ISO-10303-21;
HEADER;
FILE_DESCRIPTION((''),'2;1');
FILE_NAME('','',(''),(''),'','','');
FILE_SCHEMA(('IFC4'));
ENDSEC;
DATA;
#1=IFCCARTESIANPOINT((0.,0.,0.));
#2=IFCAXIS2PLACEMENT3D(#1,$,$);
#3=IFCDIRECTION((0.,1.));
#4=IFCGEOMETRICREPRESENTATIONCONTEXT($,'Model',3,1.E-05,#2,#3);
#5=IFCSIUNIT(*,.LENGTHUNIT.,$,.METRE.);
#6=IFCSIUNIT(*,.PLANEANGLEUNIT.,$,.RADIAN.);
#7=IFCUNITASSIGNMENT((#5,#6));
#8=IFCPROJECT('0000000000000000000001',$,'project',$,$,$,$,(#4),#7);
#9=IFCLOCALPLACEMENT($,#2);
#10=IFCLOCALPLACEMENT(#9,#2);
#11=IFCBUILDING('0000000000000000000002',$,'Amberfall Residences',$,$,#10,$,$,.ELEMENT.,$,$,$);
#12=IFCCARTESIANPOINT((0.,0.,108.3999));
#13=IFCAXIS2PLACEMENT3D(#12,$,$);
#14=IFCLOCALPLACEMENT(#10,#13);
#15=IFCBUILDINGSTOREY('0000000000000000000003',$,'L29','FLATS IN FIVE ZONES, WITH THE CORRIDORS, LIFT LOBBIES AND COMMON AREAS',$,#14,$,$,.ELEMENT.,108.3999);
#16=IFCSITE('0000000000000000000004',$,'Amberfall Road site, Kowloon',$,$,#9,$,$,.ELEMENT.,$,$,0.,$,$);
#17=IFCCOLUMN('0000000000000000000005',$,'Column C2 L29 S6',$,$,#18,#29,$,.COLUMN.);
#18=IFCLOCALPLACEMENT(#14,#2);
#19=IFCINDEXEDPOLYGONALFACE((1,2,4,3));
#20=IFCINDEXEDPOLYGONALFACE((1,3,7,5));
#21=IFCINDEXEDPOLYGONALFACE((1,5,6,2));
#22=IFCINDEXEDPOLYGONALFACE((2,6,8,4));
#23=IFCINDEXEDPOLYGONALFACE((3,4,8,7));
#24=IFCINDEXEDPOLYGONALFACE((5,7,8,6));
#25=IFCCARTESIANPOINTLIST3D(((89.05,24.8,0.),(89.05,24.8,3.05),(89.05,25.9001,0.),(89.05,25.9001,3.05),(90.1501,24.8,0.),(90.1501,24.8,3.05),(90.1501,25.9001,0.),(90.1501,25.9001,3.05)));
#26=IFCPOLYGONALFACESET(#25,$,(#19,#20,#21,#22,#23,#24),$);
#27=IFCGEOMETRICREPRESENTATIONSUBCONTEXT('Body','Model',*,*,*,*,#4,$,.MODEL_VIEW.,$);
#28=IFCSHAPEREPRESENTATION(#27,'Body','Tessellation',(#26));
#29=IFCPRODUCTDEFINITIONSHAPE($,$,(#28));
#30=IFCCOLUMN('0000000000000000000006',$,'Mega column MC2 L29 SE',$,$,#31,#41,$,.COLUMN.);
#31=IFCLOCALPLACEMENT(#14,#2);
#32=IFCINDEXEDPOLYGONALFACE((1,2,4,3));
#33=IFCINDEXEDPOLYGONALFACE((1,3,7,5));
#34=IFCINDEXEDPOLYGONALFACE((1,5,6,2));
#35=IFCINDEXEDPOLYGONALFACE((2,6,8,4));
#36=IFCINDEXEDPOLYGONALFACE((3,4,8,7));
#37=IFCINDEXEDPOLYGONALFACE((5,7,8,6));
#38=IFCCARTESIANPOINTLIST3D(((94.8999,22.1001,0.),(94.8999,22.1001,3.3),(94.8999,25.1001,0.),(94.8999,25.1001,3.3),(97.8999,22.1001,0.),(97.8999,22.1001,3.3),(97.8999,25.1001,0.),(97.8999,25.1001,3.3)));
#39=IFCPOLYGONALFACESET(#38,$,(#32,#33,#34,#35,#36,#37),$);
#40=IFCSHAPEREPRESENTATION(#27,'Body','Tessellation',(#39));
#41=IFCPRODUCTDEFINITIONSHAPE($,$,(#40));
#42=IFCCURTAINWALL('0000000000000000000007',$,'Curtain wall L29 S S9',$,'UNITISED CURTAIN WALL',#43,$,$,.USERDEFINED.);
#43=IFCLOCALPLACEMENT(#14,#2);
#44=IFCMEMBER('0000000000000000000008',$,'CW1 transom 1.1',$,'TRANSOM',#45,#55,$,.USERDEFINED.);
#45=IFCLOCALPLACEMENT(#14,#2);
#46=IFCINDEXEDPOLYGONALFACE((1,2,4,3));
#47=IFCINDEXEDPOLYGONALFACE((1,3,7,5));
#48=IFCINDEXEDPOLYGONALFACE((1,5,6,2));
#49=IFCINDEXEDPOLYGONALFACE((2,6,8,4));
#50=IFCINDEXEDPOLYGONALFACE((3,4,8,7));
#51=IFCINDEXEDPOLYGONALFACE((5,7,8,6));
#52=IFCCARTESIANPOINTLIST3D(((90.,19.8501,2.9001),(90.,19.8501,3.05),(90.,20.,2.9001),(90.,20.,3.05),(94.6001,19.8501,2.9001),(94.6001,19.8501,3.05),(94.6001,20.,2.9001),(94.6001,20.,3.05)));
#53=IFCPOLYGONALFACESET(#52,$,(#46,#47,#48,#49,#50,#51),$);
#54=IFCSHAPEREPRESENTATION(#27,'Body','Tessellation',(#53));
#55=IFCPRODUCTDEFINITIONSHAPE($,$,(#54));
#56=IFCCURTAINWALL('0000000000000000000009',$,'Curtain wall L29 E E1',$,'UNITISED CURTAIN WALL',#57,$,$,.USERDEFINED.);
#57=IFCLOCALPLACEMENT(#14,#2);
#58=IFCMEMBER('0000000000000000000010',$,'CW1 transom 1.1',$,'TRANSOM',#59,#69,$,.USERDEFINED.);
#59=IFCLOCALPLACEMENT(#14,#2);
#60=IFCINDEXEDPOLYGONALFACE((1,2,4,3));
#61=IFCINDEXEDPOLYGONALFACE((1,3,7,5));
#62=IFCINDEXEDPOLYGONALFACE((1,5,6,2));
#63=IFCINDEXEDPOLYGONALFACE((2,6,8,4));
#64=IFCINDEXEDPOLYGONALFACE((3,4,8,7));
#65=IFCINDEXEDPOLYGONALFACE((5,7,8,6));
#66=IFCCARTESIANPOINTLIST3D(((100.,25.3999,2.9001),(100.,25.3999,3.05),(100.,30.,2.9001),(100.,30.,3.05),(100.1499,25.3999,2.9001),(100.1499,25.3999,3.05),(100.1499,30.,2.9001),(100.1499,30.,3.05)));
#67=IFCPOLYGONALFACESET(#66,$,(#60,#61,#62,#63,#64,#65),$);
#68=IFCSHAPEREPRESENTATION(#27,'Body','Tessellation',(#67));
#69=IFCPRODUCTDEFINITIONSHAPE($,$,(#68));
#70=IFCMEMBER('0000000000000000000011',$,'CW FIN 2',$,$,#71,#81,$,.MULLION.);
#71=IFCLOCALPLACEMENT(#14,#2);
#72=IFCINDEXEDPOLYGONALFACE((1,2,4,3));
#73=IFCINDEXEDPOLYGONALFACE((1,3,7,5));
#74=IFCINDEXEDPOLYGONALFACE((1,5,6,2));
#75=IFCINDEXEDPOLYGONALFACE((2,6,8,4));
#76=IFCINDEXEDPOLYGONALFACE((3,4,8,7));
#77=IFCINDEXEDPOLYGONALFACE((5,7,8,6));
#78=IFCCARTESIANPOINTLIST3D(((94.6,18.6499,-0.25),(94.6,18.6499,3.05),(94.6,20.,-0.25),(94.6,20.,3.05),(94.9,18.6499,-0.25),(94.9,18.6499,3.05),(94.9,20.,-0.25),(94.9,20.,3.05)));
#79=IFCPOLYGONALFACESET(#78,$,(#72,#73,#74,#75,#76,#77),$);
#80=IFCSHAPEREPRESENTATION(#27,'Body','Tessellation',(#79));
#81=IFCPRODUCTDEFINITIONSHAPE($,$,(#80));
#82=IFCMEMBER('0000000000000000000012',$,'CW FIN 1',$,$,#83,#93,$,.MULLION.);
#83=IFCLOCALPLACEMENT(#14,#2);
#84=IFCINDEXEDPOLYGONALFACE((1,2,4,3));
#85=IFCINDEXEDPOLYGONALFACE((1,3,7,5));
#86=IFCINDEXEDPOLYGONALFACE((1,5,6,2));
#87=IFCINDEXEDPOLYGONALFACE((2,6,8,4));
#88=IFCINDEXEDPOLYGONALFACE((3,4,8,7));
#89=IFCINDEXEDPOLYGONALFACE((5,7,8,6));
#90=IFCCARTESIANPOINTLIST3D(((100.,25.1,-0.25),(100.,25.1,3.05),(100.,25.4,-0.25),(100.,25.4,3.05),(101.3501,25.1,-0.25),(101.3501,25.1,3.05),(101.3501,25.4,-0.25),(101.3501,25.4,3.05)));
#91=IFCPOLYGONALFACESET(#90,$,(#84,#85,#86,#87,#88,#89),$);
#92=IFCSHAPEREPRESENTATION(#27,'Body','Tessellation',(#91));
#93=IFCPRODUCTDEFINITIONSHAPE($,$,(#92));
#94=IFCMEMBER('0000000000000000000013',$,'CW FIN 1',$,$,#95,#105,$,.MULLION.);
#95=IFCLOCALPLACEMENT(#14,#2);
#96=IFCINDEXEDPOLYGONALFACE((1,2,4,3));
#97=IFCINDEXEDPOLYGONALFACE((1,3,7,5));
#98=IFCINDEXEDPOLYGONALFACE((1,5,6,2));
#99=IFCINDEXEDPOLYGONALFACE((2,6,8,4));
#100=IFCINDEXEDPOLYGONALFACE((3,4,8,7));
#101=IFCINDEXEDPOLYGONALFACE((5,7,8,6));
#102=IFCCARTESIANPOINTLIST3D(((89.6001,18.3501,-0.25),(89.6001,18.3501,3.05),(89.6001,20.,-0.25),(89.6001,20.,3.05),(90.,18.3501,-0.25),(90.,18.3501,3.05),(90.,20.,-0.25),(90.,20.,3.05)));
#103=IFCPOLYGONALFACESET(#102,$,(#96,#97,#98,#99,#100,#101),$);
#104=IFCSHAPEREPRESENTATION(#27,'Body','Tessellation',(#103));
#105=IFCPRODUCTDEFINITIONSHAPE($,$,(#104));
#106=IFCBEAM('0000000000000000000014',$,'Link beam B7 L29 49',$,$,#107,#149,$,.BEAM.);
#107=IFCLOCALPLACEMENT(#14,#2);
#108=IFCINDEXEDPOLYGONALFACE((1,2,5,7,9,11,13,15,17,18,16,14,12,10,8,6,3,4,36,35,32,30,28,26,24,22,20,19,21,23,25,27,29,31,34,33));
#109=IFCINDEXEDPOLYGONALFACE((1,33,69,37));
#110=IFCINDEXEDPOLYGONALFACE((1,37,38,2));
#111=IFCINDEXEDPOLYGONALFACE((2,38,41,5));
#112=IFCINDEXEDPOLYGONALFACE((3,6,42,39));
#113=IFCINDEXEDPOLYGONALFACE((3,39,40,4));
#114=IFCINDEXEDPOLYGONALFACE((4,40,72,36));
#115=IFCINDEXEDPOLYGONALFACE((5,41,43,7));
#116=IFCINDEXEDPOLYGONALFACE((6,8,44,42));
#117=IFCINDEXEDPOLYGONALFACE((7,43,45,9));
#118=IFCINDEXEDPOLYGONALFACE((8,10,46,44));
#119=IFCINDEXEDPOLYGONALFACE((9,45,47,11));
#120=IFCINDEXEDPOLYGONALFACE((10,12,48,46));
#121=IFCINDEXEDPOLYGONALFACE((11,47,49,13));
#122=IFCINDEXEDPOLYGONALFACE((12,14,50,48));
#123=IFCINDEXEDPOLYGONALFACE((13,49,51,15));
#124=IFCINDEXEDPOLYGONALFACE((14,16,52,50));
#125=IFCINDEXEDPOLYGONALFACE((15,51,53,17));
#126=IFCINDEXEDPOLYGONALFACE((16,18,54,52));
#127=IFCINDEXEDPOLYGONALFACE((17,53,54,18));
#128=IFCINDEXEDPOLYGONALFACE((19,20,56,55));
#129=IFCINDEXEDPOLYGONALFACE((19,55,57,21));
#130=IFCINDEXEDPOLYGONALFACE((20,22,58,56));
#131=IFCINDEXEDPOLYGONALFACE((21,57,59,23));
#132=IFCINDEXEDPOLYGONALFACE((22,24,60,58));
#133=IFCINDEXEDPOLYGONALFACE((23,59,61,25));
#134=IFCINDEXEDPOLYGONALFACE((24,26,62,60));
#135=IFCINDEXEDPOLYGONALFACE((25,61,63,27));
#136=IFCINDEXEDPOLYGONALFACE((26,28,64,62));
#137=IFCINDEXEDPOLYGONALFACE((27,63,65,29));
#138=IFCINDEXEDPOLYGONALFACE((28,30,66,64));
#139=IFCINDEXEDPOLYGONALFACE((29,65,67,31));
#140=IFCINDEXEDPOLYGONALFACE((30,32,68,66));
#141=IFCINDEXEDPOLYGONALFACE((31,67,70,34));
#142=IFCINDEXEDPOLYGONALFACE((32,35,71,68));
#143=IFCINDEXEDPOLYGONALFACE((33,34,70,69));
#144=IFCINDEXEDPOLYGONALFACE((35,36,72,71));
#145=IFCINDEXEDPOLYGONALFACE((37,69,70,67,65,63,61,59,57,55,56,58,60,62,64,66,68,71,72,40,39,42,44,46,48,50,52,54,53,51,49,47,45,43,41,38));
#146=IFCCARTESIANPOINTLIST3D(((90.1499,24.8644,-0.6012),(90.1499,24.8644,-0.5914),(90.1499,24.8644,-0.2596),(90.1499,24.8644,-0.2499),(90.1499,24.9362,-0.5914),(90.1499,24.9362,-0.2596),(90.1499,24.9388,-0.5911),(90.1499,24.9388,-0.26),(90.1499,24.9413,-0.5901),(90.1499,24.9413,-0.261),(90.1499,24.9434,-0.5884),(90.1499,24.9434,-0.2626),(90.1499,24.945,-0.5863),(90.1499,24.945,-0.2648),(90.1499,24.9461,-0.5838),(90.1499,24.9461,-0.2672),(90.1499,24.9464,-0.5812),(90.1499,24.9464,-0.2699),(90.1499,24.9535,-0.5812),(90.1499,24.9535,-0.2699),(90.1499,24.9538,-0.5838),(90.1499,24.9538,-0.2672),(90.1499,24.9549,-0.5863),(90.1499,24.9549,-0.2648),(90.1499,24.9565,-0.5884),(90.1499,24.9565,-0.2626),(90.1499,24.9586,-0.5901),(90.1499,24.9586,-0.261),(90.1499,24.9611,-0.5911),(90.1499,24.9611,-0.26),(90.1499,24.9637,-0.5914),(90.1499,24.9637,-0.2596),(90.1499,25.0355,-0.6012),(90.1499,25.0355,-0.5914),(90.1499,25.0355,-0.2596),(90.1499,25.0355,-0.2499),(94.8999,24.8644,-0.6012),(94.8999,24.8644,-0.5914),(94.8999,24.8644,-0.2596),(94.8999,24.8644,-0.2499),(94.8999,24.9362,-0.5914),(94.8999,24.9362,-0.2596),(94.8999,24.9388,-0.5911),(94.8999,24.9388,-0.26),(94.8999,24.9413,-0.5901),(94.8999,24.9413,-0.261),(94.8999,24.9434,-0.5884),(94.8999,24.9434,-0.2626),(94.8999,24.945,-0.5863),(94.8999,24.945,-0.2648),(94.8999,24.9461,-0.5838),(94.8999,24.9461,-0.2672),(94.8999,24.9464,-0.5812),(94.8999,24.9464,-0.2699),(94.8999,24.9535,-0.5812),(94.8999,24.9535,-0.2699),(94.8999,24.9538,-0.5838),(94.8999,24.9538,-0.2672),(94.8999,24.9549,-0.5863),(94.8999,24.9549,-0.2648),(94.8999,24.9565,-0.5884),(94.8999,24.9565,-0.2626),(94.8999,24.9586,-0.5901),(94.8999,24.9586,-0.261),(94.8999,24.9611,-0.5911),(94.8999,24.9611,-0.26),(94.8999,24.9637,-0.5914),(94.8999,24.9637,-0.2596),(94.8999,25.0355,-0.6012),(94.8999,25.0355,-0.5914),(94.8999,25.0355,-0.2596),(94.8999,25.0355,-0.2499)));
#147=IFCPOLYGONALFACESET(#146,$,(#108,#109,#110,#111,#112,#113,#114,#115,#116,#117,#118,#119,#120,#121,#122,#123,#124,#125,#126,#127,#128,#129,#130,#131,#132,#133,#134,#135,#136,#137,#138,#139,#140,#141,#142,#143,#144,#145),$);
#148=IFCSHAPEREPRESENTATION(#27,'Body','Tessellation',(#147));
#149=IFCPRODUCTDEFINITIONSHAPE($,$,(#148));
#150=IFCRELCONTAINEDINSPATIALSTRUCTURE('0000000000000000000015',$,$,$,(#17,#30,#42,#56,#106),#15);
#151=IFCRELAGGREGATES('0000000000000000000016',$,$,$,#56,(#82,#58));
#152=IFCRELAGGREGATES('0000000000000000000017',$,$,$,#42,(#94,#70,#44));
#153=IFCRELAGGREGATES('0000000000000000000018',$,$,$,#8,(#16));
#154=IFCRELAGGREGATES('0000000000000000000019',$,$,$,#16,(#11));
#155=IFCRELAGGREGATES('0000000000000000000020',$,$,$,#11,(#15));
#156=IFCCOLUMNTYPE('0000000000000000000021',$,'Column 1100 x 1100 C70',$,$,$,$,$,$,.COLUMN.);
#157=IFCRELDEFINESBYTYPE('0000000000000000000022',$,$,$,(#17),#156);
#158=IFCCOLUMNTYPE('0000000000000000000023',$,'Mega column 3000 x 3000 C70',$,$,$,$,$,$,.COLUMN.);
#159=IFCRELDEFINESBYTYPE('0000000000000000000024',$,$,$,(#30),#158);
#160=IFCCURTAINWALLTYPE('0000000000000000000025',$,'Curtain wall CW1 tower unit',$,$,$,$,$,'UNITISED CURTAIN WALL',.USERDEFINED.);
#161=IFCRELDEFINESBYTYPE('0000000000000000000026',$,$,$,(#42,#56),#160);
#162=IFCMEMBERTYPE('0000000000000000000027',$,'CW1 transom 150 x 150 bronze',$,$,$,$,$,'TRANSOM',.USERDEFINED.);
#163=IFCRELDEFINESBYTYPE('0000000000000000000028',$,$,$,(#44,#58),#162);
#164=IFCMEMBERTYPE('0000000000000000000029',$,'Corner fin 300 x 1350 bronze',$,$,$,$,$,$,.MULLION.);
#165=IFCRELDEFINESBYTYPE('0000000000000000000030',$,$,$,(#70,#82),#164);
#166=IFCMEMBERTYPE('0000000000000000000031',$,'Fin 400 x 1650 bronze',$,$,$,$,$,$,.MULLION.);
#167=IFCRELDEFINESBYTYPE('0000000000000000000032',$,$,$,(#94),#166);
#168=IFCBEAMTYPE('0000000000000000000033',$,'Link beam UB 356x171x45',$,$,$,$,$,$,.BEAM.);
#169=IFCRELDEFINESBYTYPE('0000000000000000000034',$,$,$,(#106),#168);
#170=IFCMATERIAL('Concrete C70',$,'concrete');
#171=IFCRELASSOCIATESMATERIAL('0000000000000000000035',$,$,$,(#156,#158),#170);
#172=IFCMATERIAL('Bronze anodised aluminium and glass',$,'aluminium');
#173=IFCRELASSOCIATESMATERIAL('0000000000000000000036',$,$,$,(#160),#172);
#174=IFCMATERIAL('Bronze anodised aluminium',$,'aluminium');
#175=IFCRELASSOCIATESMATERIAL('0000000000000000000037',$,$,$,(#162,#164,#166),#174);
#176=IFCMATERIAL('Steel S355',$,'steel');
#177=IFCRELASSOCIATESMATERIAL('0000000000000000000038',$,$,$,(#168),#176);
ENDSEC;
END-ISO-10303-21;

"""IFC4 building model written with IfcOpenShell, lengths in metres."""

from ifc_helpers import new_model, si_unit, direction, frame, origin, origin_2d, place, context, subcontext, project, spatial, rectangle, i_section, extrude, material, material_profile, profile_set, type_object, element, aggregate, save


model = new_model("IFC4")

# Units and contexts
model_context = context("Model", 3, precision=1e-05, world=origin(), true_north=direction((0.0, 1.0)))
body_context = subcontext(model_context, "Body", "Model", "MODEL_VIEW")
ifc_project = project(units=[si_unit("LENGTHUNIT", "METRE"), si_unit("PLANEANGLEUNIT", "RADIAN")], contexts=[model_context])

# Site, building, storey
site_placement = place(None, origin())
site = spatial("IfcSite", under=ifc_project, at=site_placement, Name="Amberfall Road site, Kowloon", CompositionType="ELEMENT", RefElevation=0.0)
building_placement = place(site_placement, origin())
building = spatial("IfcBuilding", under=site, at=building_placement, Name="Amberfall Residences", CompositionType="ELEMENT")
storey_placement = place(building_placement, frame((0.0, 0.0, 108.3999)))
storey = spatial("IfcBuildingStorey", under=building, at=storey_placement, Name="L29", Description="FLATS IN FIVE ZONES, WITH THE CORRIDORS, LIFT LOBBIES AND COMMON AREAS", CompositionType="ELEMENT", Elevation=108.3999)

# Columns
ifc_material_1 = material(Name="Concrete C70", Category="concrete")
ifc_material_profile_1 = material_profile(ifc_material_1, rectangle(XDim=1.1001, YDim=1.1001, at=origin_2d()), Name="Column 1100 x 1100 C70")
ifc_profile_set_1 = profile_set([ifc_material_profile_1], Name="Concrete C70")
column_type_1 = type_object("IfcColumnType", Name="Column 1100 x 1100 C70", PredefinedType="COLUMN", material=ifc_profile_set_1)
column_1_placement = place(storey_placement, frame((89.6001, 25.3501, 0.0), z_axis=(0.0, 0.0, 1.0), x_axis=(1.0, 0.0, 0.0)))
element("IfcColumn", 1, at=column_1_placement, inside=storey, type_object=column_type_1, Name="Column C2 L29 S6", PredefinedType="COLUMN", context=body_context, shape_type="SweptSolid", body=[
    extrude(rectangle(XDim=1.1001, YDim=1.1001, at=origin_2d()), origin(), (0.0, 0.0, 1.0), 3.05),
])
ifc_material_profile_2 = material_profile(ifc_material_1, rectangle(XDim=3.0, YDim=3.0, at=origin_2d()), Name="Mega column 3000 x 3000 C70")
ifc_profile_set_2 = profile_set([ifc_material_profile_2], Name="Concrete C70")
column_type_2 = type_object("IfcColumnType", Name="Mega column 3000 x 3000 C70", PredefinedType="COLUMN", material=ifc_profile_set_2)
column_2_placement = place(storey_placement, frame((96.3999, 23.6001, 0.0), z_axis=(0.0, 0.0, 1.0), x_axis=(1.0, 0.0, 0.0)))
element("IfcColumn", 2, at=column_2_placement, inside=storey, type_object=column_type_2, Name="Mega column MC2 L29 SE", PredefinedType="COLUMN", context=body_context, shape_type="SweptSolid", body=[
    extrude(rectangle(XDim=3.0, YDim=3.0, at=origin_2d()), origin(), (0.0, 0.0, 1.0), 3.3),
])

# Curtain walls, members
ifc_material_2 = material(Name="Bronze anodised aluminium and glass", Category="aluminium")
curtain_wall_type = type_object("IfcCurtainWallType", Name="Curtain wall CW1 tower unit", ElementType="UNITISED CURTAIN WALL", PredefinedType="USERDEFINED", material=ifc_material_2)
curtain_wall_1_placement = place(storey_placement, origin())
curtain_wall_1 = element("IfcCurtainWall", 3, at=curtain_wall_1_placement, inside=storey, type_object=curtain_wall_type, Name="Curtain wall L29 S S9", ObjectType="UNITISED CURTAIN WALL", PredefinedType="USERDEFINED")
ifc_material_3 = material(Name="Bronze anodised aluminium", Category="aluminium")
ifc_material_profile_3 = material_profile(ifc_material_3, rectangle(XDim=0.1499, YDim=0.1499, at=origin_2d()), Name="CW1 transom 150 x 150 bronze")
ifc_profile_set_3 = profile_set([ifc_material_profile_3], Name="Bronze anodised aluminium")
member_type_1 = type_object("IfcMemberType", Name="CW1 transom 150 x 150 bronze", ElementType="TRANSOM", PredefinedType="USERDEFINED", material=ifc_profile_set_3)
member_1_placement = place(storey_placement, frame((90.0, 19.925, 2.9751), z_axis=(1.0, 0.0, 0.0), x_axis=(0.0, 1.0, 0.0)))
member_1 = element("IfcMember", 4, at=member_1_placement, type_object=member_type_1, Name="CW1 transom 1.1", ObjectType="TRANSOM", PredefinedType="USERDEFINED", context=body_context, shape_type="SweptSolid", body=[
    extrude(rectangle(XDim=0.1499, YDim=0.1499, at=origin_2d()), origin(), (0.0, 0.0, 1.0), 4.6001),
])
curtain_wall_2_placement = place(storey_placement, origin())
curtain_wall_2 = element("IfcCurtainWall", 5, at=curtain_wall_2_placement, inside=storey, type_object=curtain_wall_type, Name="Curtain wall L29 E E1", ObjectType="UNITISED CURTAIN WALL", PredefinedType="USERDEFINED")
member_2_placement = place(storey_placement, frame((100.075, 25.3999, 2.9751), z_axis=(0.0, 1.0, 0.0), x_axis=(-1.0, 0.0, 0.0)))
member_2 = element("IfcMember", 6, at=member_2_placement, type_object=member_type_1, Name="CW1 transom 1.1", ObjectType="TRANSOM", PredefinedType="USERDEFINED", context=body_context, shape_type="SweptSolid", body=[
    extrude(rectangle(XDim=0.1499, YDim=0.1499, at=origin_2d()), origin(), (0.0, 0.0, 1.0), 4.6001),
])

# Members
ifc_material_profile_4 = material_profile(ifc_material_3, rectangle(XDim=1.3501, YDim=0.3, at=origin_2d()), Name="Corner fin 300 x 1350 bronze")
ifc_profile_set_4 = profile_set([ifc_material_profile_4], Name="Bronze anodised aluminium")
member_type_2 = type_object("IfcMemberType", Name="Corner fin 300 x 1350 bronze", PredefinedType="MULLION", material=ifc_profile_set_4)
member_3_placement = place(storey_placement, frame((94.75, 19.325, -0.25), z_axis=(0.0, 0.0, 1.0), x_axis=(0.0, 1.0, 0.0)))
member_3 = element("IfcMember", 7, at=member_3_placement, type_object=member_type_2, Name="CW FIN 2", PredefinedType="MULLION", context=body_context, shape_type="SweptSolid", body=[
    extrude(rectangle(XDim=1.3501, YDim=0.3, at=origin_2d()), origin(), (0.0, 0.0, 1.0), 3.3),
])
member_4_placement = place(storey_placement, frame((100.675, 25.25, -0.25), z_axis=(0.0, 0.0, 1.0), x_axis=(-1.0, 0.0, 0.0)))
member_4 = element("IfcMember", 8, at=member_4_placement, type_object=member_type_2, Name="CW FIN 1", PredefinedType="MULLION", context=body_context, shape_type="SweptSolid", body=[
    extrude(rectangle(XDim=1.3501, YDim=0.3, at=origin_2d()), origin(), (0.0, 0.0, 1.0), 3.3),
])
aggregate(curtain_wall_2, [member_4, member_2])
ifc_material_profile_5 = material_profile(ifc_material_3, rectangle(XDim=1.6499, YDim=0.3999, at=origin_2d()), Name="Fin 400 x 1650 bronze")
ifc_profile_set_5 = profile_set([ifc_material_profile_5], Name="Bronze anodised aluminium")
member_type_3 = type_object("IfcMemberType", Name="Fin 400 x 1650 bronze", PredefinedType="MULLION", material=ifc_profile_set_5)
member_5_placement = place(storey_placement, frame((89.8, 19.175, -0.25), z_axis=(0.0, 0.0, 1.0), x_axis=(0.0, 1.0, 0.0)))
member_5 = element("IfcMember", 9, at=member_5_placement, type_object=member_type_3, Name="CW FIN 1", PredefinedType="MULLION", context=body_context, shape_type="SweptSolid", body=[
    extrude(rectangle(XDim=1.6499, YDim=0.3999, at=origin_2d()), origin(), (0.0, 0.0, 1.0), 3.3),
])

# Beam
ifc_material_4 = material(Name="Steel S355", Category="steel")
ifc_material_profile_6 = material_profile(ifc_material_4, i_section(OverallWidth=0.1711, OverallDepth=0.3513, WebThickness=0.0071, FlangeThickness=0.0098, FilletRadius=0.0103, at=origin_2d()), Name="UB 356x171x45")
ifc_profile_set_6 = profile_set([ifc_material_profile_6], Name="Steel S355")
beam_type = type_object("IfcBeamType", Name="Link beam UB 356x171x45", PredefinedType="BEAM", material=ifc_profile_set_6)
beam_1_placement = place(storey_placement, frame((90.1499, 24.95, -0.4255), z_axis=(1.0, 0.0, 0.0), x_axis=(0.0, 1.0, 0.0)))
element("IfcBeam", 10, at=beam_1_placement, inside=storey, type_object=beam_type, Name="Link beam B7 L29 49", PredefinedType="BEAM", context=body_context, shape_type="SweptSolid", body=[
    extrude(i_section(OverallWidth=0.1711, OverallDepth=0.3513, WebThickness=0.0071, FlangeThickness=0.0098, FilletRadius=0.0103, at=origin_2d()), origin(), (0.0, 0.0, 1.0), 4.75),
])

aggregate(curtain_wall_1, [member_5, member_3, member_1])

save(model, "model.ifc")
